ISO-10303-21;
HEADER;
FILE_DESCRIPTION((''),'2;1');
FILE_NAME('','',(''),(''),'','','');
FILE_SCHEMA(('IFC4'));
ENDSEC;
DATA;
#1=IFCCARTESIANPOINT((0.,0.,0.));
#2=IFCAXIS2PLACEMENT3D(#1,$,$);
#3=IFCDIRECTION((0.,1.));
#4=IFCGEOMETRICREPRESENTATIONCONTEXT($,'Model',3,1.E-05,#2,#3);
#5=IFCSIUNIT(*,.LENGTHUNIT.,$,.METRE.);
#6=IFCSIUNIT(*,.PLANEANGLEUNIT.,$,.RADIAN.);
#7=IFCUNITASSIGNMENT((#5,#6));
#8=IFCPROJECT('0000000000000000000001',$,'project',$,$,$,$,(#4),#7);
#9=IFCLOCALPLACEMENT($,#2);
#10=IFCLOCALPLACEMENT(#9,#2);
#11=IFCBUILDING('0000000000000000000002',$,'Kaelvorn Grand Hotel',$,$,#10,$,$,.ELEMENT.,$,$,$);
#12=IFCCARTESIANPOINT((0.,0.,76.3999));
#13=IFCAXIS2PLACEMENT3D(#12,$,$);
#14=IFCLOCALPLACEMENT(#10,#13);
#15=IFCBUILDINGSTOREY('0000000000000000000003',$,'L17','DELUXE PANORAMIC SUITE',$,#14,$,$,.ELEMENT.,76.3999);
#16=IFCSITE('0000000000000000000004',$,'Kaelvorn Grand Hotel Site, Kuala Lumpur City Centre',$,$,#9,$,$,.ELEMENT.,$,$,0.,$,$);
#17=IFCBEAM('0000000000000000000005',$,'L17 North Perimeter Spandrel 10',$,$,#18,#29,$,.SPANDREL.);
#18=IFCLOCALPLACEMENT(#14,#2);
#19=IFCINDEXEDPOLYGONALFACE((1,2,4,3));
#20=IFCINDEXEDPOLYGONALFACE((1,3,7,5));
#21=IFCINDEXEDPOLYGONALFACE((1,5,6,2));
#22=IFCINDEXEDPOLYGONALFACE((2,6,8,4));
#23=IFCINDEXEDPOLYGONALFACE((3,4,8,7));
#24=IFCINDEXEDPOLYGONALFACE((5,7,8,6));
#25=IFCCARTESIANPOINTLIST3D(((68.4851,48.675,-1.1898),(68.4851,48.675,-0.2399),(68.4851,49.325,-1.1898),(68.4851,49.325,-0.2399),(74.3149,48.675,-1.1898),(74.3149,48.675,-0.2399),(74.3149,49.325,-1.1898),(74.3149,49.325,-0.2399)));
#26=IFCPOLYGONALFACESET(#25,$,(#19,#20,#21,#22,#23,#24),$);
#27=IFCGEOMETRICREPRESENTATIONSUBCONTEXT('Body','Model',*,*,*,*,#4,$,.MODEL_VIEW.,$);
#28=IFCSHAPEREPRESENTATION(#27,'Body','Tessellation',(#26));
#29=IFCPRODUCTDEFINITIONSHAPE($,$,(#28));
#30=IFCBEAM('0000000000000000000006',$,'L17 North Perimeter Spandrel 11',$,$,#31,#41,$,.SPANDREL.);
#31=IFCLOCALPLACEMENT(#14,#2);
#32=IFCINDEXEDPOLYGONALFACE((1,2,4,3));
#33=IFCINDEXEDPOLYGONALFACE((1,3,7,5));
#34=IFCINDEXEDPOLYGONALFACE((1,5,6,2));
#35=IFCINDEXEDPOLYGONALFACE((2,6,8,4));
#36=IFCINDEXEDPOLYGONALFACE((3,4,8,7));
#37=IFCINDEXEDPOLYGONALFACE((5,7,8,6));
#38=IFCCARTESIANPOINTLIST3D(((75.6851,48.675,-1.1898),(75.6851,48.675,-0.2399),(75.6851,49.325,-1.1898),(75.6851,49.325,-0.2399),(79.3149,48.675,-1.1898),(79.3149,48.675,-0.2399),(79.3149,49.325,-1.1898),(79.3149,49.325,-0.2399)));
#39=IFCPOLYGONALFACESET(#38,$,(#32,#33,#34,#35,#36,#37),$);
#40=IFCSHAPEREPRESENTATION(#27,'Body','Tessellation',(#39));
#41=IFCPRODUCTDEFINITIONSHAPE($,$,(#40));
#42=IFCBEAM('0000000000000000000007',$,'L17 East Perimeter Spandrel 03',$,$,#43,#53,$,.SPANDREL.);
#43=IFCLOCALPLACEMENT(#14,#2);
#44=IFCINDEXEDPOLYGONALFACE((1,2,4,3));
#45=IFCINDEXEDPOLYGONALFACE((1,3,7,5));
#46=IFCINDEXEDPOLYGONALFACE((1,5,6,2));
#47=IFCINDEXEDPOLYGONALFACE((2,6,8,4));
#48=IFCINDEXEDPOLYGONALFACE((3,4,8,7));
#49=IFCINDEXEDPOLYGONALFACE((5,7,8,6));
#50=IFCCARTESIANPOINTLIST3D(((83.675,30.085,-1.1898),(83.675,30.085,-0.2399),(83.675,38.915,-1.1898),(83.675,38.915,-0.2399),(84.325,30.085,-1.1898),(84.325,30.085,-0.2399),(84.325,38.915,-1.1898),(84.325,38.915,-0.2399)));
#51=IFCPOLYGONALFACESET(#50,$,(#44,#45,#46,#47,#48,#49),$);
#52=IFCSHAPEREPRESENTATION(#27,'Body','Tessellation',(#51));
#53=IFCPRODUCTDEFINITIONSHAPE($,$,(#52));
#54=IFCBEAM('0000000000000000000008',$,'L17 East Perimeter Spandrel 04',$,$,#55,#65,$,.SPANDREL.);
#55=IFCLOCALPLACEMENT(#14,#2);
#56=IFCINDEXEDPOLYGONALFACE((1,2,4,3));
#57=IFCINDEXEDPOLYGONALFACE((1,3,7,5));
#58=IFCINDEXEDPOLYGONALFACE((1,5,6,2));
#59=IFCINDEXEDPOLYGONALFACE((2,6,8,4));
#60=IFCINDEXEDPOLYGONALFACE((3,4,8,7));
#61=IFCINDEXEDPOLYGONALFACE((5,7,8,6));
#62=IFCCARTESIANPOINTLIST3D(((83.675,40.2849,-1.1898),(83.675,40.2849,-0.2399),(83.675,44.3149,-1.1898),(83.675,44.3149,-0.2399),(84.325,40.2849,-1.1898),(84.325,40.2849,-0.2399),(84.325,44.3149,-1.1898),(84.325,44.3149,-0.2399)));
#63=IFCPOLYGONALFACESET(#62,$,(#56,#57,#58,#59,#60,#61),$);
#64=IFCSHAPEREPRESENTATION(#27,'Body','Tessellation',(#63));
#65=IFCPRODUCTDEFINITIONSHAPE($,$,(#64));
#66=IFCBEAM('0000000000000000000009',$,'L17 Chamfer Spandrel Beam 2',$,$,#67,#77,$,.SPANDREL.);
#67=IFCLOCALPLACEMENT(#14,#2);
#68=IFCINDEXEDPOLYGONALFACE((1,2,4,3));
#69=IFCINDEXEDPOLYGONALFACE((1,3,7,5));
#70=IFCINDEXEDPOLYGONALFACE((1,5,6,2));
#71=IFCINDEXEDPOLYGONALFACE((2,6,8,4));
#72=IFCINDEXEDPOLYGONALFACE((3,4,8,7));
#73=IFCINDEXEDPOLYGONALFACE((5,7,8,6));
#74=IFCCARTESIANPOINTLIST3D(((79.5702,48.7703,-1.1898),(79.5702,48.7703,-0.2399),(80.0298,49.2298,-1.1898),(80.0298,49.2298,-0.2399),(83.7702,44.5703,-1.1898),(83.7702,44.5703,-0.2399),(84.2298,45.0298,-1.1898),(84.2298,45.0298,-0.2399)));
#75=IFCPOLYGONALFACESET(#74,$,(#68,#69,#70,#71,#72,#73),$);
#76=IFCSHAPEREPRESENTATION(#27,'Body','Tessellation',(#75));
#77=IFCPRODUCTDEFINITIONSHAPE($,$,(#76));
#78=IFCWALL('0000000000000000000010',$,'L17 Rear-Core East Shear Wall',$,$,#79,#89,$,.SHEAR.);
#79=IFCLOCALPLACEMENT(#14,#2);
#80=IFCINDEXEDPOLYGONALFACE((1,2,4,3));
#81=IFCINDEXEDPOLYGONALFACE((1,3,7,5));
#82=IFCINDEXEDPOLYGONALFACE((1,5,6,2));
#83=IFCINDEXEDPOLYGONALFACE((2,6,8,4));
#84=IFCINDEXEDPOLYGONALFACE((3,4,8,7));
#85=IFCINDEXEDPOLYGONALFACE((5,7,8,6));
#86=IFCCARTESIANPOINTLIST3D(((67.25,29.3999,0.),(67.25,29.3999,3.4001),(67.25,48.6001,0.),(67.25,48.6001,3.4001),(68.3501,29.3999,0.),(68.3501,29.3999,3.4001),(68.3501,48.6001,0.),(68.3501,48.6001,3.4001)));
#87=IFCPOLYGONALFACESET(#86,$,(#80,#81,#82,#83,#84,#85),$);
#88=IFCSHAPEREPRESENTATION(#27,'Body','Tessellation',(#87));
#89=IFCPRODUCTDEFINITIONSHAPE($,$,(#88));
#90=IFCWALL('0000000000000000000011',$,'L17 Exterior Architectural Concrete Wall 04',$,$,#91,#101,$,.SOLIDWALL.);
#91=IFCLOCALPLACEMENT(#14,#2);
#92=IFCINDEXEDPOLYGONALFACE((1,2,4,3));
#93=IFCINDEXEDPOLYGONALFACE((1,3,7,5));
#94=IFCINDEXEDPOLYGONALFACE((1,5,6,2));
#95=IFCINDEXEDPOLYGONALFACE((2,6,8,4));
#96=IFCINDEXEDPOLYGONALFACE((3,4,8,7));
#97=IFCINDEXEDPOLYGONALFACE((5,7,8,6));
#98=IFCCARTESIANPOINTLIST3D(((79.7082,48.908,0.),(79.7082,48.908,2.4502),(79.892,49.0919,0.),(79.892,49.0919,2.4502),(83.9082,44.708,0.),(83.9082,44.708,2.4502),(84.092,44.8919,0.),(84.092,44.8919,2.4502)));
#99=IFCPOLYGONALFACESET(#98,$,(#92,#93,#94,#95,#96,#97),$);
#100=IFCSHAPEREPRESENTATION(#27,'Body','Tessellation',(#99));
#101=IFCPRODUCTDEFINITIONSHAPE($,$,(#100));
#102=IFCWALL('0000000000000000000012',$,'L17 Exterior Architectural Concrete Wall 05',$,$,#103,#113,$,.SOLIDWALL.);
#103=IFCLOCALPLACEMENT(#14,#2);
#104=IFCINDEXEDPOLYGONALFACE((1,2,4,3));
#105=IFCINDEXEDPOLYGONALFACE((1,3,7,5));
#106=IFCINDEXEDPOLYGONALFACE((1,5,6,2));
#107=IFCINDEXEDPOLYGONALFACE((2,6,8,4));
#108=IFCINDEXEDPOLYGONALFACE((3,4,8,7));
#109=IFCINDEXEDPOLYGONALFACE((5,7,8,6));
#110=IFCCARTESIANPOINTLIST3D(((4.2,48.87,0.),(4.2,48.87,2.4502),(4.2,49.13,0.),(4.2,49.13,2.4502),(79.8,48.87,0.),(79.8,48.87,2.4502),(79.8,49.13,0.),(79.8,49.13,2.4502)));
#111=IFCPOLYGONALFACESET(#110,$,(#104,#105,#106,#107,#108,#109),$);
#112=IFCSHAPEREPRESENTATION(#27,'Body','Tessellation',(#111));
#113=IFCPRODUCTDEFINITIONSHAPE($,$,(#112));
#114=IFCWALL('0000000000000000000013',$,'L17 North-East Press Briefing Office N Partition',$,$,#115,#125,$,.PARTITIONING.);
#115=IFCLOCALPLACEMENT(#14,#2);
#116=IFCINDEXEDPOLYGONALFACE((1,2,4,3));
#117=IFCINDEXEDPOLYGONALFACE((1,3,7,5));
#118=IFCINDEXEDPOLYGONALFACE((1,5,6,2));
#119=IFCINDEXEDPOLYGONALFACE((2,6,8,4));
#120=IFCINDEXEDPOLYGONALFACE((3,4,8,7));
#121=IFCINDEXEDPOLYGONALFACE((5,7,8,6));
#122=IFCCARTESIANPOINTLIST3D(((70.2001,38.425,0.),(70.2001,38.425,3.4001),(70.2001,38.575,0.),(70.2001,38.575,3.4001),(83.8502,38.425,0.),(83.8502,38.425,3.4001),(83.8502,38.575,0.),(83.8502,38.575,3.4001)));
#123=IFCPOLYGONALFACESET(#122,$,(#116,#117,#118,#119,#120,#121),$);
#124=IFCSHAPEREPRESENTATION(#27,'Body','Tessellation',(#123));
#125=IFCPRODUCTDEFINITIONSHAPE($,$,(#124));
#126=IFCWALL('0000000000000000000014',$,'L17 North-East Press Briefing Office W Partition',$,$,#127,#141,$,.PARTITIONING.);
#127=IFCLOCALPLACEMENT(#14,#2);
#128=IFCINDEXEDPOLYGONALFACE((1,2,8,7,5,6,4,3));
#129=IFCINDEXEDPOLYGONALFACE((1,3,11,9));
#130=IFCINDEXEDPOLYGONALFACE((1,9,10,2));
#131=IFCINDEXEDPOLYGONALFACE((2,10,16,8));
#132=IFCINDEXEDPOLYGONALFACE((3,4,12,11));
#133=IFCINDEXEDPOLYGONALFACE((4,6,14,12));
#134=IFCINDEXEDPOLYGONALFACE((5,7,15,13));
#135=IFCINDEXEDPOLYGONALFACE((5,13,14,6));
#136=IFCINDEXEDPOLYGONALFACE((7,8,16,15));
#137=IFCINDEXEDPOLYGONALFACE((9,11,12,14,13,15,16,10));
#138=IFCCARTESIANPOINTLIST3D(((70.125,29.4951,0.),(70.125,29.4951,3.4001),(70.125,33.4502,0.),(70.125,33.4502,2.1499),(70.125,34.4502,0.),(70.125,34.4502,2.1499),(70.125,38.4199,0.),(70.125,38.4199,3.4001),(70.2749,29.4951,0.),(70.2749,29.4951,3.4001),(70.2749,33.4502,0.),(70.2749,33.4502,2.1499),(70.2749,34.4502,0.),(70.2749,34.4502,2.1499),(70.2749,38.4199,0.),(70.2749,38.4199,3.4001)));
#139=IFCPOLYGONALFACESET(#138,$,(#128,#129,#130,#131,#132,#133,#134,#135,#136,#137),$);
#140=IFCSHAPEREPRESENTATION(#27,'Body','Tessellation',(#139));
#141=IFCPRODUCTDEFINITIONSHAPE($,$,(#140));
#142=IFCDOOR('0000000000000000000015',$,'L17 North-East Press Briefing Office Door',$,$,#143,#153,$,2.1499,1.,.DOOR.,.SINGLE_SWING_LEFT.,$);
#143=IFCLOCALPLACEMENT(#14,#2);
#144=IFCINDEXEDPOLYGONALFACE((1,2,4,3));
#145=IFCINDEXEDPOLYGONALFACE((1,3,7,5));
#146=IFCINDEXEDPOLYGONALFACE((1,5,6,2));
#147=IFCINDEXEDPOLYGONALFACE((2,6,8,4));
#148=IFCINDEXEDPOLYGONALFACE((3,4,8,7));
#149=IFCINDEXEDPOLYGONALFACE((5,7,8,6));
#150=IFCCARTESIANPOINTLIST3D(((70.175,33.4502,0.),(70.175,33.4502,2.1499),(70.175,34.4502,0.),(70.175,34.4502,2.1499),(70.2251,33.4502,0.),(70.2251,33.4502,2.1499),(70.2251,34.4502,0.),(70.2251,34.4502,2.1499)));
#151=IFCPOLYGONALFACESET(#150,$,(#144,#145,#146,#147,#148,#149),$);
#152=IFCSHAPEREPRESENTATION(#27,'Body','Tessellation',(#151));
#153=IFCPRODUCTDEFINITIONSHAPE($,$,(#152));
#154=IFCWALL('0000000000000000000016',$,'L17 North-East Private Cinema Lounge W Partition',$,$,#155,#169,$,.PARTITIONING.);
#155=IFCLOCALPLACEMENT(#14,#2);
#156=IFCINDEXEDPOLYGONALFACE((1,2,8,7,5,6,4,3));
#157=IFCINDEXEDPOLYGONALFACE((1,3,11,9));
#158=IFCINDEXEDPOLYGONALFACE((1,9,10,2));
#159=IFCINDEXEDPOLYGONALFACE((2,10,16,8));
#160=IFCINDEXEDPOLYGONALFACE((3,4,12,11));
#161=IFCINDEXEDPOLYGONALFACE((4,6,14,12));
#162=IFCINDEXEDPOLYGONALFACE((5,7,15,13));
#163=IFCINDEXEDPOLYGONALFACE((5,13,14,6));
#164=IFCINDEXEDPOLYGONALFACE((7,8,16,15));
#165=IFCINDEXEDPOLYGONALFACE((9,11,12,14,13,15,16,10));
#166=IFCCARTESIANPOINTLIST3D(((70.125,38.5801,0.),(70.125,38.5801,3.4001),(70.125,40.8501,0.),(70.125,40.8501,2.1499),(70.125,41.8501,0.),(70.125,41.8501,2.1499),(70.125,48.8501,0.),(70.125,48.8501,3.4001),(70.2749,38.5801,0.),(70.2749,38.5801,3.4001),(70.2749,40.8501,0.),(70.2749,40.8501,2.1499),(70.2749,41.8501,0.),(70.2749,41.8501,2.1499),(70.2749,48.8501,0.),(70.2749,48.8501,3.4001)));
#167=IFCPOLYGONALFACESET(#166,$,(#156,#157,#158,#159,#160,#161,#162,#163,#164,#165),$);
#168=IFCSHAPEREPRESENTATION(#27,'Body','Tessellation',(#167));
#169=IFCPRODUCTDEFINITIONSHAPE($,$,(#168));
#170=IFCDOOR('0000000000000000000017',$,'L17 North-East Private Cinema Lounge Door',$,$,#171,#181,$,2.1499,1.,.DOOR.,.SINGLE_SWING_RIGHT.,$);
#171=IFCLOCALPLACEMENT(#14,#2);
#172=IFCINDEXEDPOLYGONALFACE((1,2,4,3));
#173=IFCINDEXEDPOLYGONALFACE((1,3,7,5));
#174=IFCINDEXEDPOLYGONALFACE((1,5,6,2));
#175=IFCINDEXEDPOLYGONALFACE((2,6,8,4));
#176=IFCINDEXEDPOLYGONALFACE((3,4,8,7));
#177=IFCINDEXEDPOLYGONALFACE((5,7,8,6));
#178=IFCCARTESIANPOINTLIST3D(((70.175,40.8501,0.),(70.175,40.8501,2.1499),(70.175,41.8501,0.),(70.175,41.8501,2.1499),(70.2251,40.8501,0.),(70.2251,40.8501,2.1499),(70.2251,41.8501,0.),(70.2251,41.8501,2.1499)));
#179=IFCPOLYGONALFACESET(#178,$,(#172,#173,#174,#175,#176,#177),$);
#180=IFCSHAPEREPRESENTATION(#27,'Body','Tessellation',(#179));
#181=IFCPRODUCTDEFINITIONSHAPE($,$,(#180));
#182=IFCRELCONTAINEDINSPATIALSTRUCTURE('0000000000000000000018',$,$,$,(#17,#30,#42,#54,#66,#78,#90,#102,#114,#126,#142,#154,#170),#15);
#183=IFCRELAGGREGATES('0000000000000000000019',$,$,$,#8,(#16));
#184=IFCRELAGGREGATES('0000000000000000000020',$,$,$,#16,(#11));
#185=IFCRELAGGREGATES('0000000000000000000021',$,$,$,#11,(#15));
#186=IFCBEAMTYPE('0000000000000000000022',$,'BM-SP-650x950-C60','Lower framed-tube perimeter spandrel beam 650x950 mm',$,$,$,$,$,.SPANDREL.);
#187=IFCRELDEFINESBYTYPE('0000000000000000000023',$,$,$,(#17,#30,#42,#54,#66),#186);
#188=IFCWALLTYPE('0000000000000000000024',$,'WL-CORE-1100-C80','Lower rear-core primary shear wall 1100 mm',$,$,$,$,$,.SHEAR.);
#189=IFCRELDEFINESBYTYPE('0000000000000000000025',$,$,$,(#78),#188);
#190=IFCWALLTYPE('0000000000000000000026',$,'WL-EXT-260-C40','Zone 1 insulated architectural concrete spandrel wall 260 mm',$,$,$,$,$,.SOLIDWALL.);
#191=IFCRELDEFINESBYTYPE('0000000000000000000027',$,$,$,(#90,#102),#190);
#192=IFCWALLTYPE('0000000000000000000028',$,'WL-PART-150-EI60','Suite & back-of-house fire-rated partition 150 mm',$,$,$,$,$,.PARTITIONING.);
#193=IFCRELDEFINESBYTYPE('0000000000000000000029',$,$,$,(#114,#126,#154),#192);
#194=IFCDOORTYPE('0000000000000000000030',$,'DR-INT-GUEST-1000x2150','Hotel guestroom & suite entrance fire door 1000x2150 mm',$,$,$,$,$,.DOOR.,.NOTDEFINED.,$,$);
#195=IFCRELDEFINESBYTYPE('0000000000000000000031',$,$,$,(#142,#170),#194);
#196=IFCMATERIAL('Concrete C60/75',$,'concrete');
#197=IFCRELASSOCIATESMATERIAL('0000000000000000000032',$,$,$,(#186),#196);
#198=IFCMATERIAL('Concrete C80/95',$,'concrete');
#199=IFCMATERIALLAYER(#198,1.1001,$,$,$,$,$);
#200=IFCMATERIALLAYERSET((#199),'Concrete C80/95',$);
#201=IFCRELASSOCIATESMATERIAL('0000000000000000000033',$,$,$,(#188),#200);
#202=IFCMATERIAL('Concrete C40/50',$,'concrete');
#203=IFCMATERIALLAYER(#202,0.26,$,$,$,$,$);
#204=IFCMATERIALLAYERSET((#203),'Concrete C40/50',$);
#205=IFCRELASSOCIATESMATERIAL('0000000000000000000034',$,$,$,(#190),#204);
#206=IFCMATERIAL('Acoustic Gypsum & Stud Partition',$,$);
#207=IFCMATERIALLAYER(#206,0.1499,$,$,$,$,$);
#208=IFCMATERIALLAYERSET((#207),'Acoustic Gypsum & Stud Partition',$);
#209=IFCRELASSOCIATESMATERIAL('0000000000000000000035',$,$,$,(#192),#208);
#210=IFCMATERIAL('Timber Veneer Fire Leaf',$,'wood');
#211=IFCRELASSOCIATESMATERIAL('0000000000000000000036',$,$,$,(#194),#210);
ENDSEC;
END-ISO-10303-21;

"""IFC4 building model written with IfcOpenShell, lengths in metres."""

from ifc_helpers import new_model, si_unit, direction, frame, frame_2d, origin, origin_2d, place, context, subcontext, project, spatial, rectangle, extrude, material, layer, layer_set, material_profile, profile_set, type_object, element, fill, save


model = new_model("IFC4")

# Units and contexts
model_context = context("Model", 3, precision=1e-05, world=origin(), true_north=direction((0.0, 1.0)))
body_context = subcontext(model_context, "Body", "Model", "MODEL_VIEW")
ifc_project = project(units=[si_unit("LENGTHUNIT", "METRE"), si_unit("PLANEANGLEUNIT", "RADIAN")], contexts=[model_context])

# Site, building, storey
site_placement = place(None, origin())
site = spatial("IfcSite", under=ifc_project, at=site_placement, Name="Kaelvorn Grand Hotel Site, Kuala Lumpur City Centre", CompositionType="ELEMENT", RefElevation=0.0)
building_placement = place(site_placement, origin())
building = spatial("IfcBuilding", under=site, at=building_placement, Name="Kaelvorn Grand Hotel", CompositionType="ELEMENT")
storey_placement = place(building_placement, frame((0.0, 0.0, 76.3999)))
storey = spatial("IfcBuildingStorey", under=building, at=storey_placement, Name="L17", Description="DELUXE PANORAMIC SUITE", CompositionType="ELEMENT", Elevation=76.3999)

# Shared definitions
ifc_material_1 = material(Name="Concrete C80/95", Category="concrete")

# Beams
ifc_material_2 = material(Name="Concrete C60/75", Category="concrete")
ifc_material_profile_1 = material_profile(ifc_material_2, rectangle(XDim=0.6499, YDim=0.95, at=origin_2d()), Name="RC SPANDREL 650x950")
ifc_profile_set_1 = profile_set([ifc_material_profile_1], Name="Concrete C60/75")
beam_type_1 = type_object("IfcBeamType", Name="BM-SP-650x950-C60", Description="Lower framed-tube perimeter spandrel beam 650x950 mm", PredefinedType="SPANDREL", material=ifc_profile_set_1)
beam_1_placement = place(storey_placement, frame((68.4851, 49.0, -0.7148), z_axis=(1.0, 0.0, 0.0), x_axis=(0.0, 1.0, 0.0)))
element("IfcBeam", 1, at=beam_1_placement, inside=storey, type_object=beam_type_1, Name="L17 North Perimeter Spandrel 10", PredefinedType="SPANDREL", context=body_context, shape_type="SweptSolid", body=[
    extrude(rectangle(XDim=0.6499, YDim=0.95, at=origin_2d()), origin(), (0.0, 0.0, 1.0), 5.8298),
])
beam_2_placement = place(storey_placement, frame((75.6851, 49.0, -0.7148), z_axis=(1.0, 0.0, 0.0), x_axis=(0.0, 1.0, 0.0)))
element("IfcBeam", 2, at=beam_2_placement, inside=storey, type_object=beam_type_1, Name="L17 North Perimeter Spandrel 11", PredefinedType="SPANDREL", context=body_context, shape_type="SweptSolid", body=[
    extrude(rectangle(XDim=0.6499, YDim=0.95, at=origin_2d()), origin(), (0.0, 0.0, 1.0), 3.6299),
])
beam_3_placement = place(storey_placement, frame((84.0, 30.085, -0.7148), z_axis=(0.0, 1.0, 0.0), x_axis=(-1.0, 0.0, 0.0)))
element("IfcBeam", 3, at=beam_3_placement, inside=storey, type_object=beam_type_1, Name="L17 East Perimeter Spandrel 03", PredefinedType="SPANDREL", context=body_context, shape_type="SweptSolid", body=[
    extrude(rectangle(XDim=0.6499, YDim=0.95, at=origin_2d()), origin(), (0.0, 0.0, 1.0), 8.8301),
])
beam_4_placement = place(storey_placement, frame((84.0, 40.2849, -0.7148), z_axis=(0.0, 1.0, 0.0), x_axis=(-1.0, 0.0, 0.0)))
element("IfcBeam", 4, at=beam_4_placement, inside=storey, type_object=beam_type_1, Name="L17 East Perimeter Spandrel 04", PredefinedType="SPANDREL", context=body_context, shape_type="SweptSolid", body=[
    extrude(rectangle(XDim=0.6499, YDim=0.95, at=origin_2d()), origin(), (0.0, 0.0, 1.0), 4.03),
])
beam_5_placement = place(storey_placement, frame((84.0, 44.8, -0.7148), z_axis=(-0.707107, 0.707107, 0.0), x_axis=(-0.707107, -0.707107, 0.0)))
element("IfcBeam", 5, at=beam_5_placement, inside=storey, type_object=beam_type_1, Name="L17 Chamfer Spandrel Beam 2", PredefinedType="SPANDREL", context=body_context, shape_type="SweptSolid", body=[
    extrude(rectangle(XDim=0.6499, YDim=0.95, at=origin_2d()), origin(), (0.0, 0.0, 1.0), 5.9397),
])

# Walls
ifc_layer_1 = layer(ifc_material_1, 1.1001)
ifc_layer_set_1 = layer_set([ifc_layer_1], Name="Concrete C80/95")
wall_type_1 = type_object("IfcWallType", Name="WL-CORE-1100-C80", Description="Lower rear-core primary shear wall 1100 mm", PredefinedType="SHEAR", material=ifc_layer_set_1)
wall_1_placement = place(storey_placement, frame((67.8, 29.3999, 0.0), z_axis=(0.0, 0.0, 1.0), x_axis=(0.0, 1.0, 0.0)))
element("IfcWall", 6, at=wall_1_placement, inside=storey, type_object=wall_type_1, Name="L17 Rear-Core East Shear Wall", PredefinedType="SHEAR", context=body_context, shape_type="SweptSolid", body=[
    extrude(rectangle(XDim=19.2002, YDim=1.1001, at=frame_2d((9.6001, 0.0))), origin(), (0.0, 0.0, 1.0), 3.4001),
])
ifc_material_3 = material(Name="Concrete C40/50", Category="concrete")
ifc_layer_2 = layer(ifc_material_3, 0.26)
ifc_layer_set_2 = layer_set([ifc_layer_2], Name="Concrete C40/50")
wall_type_2 = type_object("IfcWallType", Name="WL-EXT-260-C40", Description="Zone 1 insulated architectural concrete spandrel wall 260 mm", PredefinedType="SOLIDWALL", material=ifc_layer_set_2)
wall_2_placement = place(storey_placement, frame((84.0, 44.8, 0.0), z_axis=(0.0, 0.0, 1.0), x_axis=(-0.707107, 0.707107, 0.0)))
element("IfcWall", 7, at=wall_2_placement, inside=storey, type_object=wall_type_2, Name="L17 Exterior Architectural Concrete Wall 04", PredefinedType="SOLIDWALL", context=body_context, shape_type="SweptSolid", body=[
    extrude(rectangle(XDim=5.9397, YDim=0.26, at=frame_2d((2.9697, 0.0))), origin(), (0.0, 0.0, 1.0), 2.4502),
])
wall_3_placement = place(storey_placement, frame((79.8, 49.0, 0.0), z_axis=(0.0, 0.0, 1.0), x_axis=(-1.0, 0.0, 0.0)))
element("IfcWall", 8, at=wall_3_placement, inside=storey, type_object=wall_type_2, Name="L17 Exterior Architectural Concrete Wall 05", PredefinedType="SOLIDWALL", context=body_context, shape_type="SweptSolid", body=[
    extrude(rectangle(XDim=75.6001, YDim=0.26, at=frame_2d((37.8, 0.0))), origin(), (0.0, 0.0, 1.0), 2.4502),
])
ifc_material_4 = material(Name="Acoustic Gypsum & Stud Partition")
ifc_layer_3 = layer(ifc_material_4, 0.1499)
ifc_layer_set_3 = layer_set([ifc_layer_3], Name="Acoustic Gypsum & Stud Partition")
wall_type_3 = type_object("IfcWallType", Name="WL-PART-150-EI60", Description="Suite & back-of-house fire-rated partition 150 mm", PredefinedType="PARTITIONING", material=ifc_layer_set_3)
wall_4_placement = place(storey_placement, frame((70.2, 38.5, 0.0), z_axis=(0.0, 0.0, 1.0), x_axis=(1.0, 0.0, 0.0)))
element("IfcWall", 9, at=wall_4_placement, inside=storey, type_object=wall_type_3, Name="L17 North-East Press Briefing Office N Partition", PredefinedType="PARTITIONING", context=body_context, shape_type="SweptSolid", body=[
    extrude(rectangle(XDim=13.6501, YDim=0.1499, at=frame_2d((6.8252, 0.0))), origin(), (0.0, 0.0, 1.0), 3.4001),
])

# Walls, openings, doors
wall_5_placement = place(storey_placement, frame((70.2, 29.4951, 0.0), z_axis=(0.0, 0.0, 1.0), x_axis=(0.0, 1.0, 0.0)))
wall_5 = element("IfcWall", 10, at=wall_5_placement, inside=storey, type_object=wall_type_3, Name="L17 North-East Press Briefing Office W Partition", PredefinedType="PARTITIONING", context=body_context, shape_type="SweptSolid", body=[
    extrude(rectangle(XDim=8.9248, YDim=0.1499, at=frame_2d((4.4624, 0.0))), origin(), (0.0, 0.0, 1.0), 3.4001),
])
opening_1_placement = place(wall_5_placement, frame((3.9551, 0.0, 0.0)))
opening_1 = element("IfcOpeningElement", 11, at=opening_1_placement, cuts=wall_5, PredefinedType="OPENING", context=body_context, shape_type="SweptSolid", body=[
    extrude(rectangle(XDim=1.0, YDim=2.1499, at=frame_2d((0.5, 1.075))), frame((0.0, 0.085, 0.0), z_axis=(0.0, -1.0, 0.0), x_axis=(1.0, 0.0, 0.0)), (0.0, 0.0, 1.0), 0.1699),
])
ifc_material_5 = material(Name="Timber Veneer Fire Leaf", Category="wood")
door_type = type_object("IfcDoorType", Name="DR-INT-GUEST-1000x2150", Description="Hotel guestroom & suite entrance fire door 1000x2150 mm", OperationType="NOTDEFINED", PredefinedType="DOOR", material=ifc_material_5)
door_1_placement = place(opening_1_placement, origin())
door_1 = element("IfcDoor", 12, at=door_1_placement, inside=storey, type_object=door_type, Name="L17 North-East Press Briefing Office Door", OperationType="SINGLE_SWING_LEFT", OverallHeight=2.1499, OverallWidth=1.0, PredefinedType="DOOR", context=body_context, shape_type="SweptSolid", body=[
    extrude(rectangle(XDim=1.0, YDim=2.1499, at=frame_2d((0.5, 1.075))), frame((0.0, 0.0249, 0.0), z_axis=(0.0, -1.0, 0.0), x_axis=(1.0, 0.0, 0.0)), (0.0, 0.0, 1.0), 0.05),
])
fill(opening_1, door_1)
wall_6_placement = place(storey_placement, frame((70.2, 38.5801, 0.0), z_axis=(0.0, 0.0, 1.0), x_axis=(0.0, 1.0, 0.0)))
wall_6 = element("IfcWall", 13, at=wall_6_placement, inside=storey, type_object=wall_type_3, Name="L17 North-East Private Cinema Lounge W Partition", PredefinedType="PARTITIONING", context=body_context, shape_type="SweptSolid", body=[
    extrude(rectangle(XDim=10.27, YDim=0.1499, at=frame_2d((5.135, 0.0))), origin(), (0.0, 0.0, 1.0), 3.4001),
])
opening_2_placement = place(wall_6_placement, frame((2.27, 0.0, 0.0)))
opening_2 = element("IfcOpeningElement", 14, at=opening_2_placement, cuts=wall_6, PredefinedType="OPENING", context=body_context, shape_type="SweptSolid", body=[
    extrude(rectangle(XDim=1.0, YDim=2.1499, at=frame_2d((0.5, 1.075))), frame((0.0, 0.085, 0.0), z_axis=(0.0, -1.0, 0.0), x_axis=(1.0, 0.0, 0.0)), (0.0, 0.0, 1.0), 0.1699),
])
door_2_placement = place(opening_2_placement, origin())
door_2 = element("IfcDoor", 15, at=door_2_placement, inside=storey, type_object=door_type, Name="L17 North-East Private Cinema Lounge Door", OperationType="SINGLE_SWING_RIGHT", OverallHeight=2.1499, OverallWidth=1.0, PredefinedType="DOOR", context=body_context, shape_type="SweptSolid", body=[
    extrude(rectangle(XDim=1.0, YDim=2.1499, at=frame_2d((0.5, 1.075))), frame((0.0, 0.0249, 0.0), z_axis=(0.0, -1.0, 0.0), x_axis=(1.0, 0.0, 0.0)), (0.0, 0.0, 1.0), 0.05),
])
fill(opening_2, door_2)

save(model, "model.ifc")
